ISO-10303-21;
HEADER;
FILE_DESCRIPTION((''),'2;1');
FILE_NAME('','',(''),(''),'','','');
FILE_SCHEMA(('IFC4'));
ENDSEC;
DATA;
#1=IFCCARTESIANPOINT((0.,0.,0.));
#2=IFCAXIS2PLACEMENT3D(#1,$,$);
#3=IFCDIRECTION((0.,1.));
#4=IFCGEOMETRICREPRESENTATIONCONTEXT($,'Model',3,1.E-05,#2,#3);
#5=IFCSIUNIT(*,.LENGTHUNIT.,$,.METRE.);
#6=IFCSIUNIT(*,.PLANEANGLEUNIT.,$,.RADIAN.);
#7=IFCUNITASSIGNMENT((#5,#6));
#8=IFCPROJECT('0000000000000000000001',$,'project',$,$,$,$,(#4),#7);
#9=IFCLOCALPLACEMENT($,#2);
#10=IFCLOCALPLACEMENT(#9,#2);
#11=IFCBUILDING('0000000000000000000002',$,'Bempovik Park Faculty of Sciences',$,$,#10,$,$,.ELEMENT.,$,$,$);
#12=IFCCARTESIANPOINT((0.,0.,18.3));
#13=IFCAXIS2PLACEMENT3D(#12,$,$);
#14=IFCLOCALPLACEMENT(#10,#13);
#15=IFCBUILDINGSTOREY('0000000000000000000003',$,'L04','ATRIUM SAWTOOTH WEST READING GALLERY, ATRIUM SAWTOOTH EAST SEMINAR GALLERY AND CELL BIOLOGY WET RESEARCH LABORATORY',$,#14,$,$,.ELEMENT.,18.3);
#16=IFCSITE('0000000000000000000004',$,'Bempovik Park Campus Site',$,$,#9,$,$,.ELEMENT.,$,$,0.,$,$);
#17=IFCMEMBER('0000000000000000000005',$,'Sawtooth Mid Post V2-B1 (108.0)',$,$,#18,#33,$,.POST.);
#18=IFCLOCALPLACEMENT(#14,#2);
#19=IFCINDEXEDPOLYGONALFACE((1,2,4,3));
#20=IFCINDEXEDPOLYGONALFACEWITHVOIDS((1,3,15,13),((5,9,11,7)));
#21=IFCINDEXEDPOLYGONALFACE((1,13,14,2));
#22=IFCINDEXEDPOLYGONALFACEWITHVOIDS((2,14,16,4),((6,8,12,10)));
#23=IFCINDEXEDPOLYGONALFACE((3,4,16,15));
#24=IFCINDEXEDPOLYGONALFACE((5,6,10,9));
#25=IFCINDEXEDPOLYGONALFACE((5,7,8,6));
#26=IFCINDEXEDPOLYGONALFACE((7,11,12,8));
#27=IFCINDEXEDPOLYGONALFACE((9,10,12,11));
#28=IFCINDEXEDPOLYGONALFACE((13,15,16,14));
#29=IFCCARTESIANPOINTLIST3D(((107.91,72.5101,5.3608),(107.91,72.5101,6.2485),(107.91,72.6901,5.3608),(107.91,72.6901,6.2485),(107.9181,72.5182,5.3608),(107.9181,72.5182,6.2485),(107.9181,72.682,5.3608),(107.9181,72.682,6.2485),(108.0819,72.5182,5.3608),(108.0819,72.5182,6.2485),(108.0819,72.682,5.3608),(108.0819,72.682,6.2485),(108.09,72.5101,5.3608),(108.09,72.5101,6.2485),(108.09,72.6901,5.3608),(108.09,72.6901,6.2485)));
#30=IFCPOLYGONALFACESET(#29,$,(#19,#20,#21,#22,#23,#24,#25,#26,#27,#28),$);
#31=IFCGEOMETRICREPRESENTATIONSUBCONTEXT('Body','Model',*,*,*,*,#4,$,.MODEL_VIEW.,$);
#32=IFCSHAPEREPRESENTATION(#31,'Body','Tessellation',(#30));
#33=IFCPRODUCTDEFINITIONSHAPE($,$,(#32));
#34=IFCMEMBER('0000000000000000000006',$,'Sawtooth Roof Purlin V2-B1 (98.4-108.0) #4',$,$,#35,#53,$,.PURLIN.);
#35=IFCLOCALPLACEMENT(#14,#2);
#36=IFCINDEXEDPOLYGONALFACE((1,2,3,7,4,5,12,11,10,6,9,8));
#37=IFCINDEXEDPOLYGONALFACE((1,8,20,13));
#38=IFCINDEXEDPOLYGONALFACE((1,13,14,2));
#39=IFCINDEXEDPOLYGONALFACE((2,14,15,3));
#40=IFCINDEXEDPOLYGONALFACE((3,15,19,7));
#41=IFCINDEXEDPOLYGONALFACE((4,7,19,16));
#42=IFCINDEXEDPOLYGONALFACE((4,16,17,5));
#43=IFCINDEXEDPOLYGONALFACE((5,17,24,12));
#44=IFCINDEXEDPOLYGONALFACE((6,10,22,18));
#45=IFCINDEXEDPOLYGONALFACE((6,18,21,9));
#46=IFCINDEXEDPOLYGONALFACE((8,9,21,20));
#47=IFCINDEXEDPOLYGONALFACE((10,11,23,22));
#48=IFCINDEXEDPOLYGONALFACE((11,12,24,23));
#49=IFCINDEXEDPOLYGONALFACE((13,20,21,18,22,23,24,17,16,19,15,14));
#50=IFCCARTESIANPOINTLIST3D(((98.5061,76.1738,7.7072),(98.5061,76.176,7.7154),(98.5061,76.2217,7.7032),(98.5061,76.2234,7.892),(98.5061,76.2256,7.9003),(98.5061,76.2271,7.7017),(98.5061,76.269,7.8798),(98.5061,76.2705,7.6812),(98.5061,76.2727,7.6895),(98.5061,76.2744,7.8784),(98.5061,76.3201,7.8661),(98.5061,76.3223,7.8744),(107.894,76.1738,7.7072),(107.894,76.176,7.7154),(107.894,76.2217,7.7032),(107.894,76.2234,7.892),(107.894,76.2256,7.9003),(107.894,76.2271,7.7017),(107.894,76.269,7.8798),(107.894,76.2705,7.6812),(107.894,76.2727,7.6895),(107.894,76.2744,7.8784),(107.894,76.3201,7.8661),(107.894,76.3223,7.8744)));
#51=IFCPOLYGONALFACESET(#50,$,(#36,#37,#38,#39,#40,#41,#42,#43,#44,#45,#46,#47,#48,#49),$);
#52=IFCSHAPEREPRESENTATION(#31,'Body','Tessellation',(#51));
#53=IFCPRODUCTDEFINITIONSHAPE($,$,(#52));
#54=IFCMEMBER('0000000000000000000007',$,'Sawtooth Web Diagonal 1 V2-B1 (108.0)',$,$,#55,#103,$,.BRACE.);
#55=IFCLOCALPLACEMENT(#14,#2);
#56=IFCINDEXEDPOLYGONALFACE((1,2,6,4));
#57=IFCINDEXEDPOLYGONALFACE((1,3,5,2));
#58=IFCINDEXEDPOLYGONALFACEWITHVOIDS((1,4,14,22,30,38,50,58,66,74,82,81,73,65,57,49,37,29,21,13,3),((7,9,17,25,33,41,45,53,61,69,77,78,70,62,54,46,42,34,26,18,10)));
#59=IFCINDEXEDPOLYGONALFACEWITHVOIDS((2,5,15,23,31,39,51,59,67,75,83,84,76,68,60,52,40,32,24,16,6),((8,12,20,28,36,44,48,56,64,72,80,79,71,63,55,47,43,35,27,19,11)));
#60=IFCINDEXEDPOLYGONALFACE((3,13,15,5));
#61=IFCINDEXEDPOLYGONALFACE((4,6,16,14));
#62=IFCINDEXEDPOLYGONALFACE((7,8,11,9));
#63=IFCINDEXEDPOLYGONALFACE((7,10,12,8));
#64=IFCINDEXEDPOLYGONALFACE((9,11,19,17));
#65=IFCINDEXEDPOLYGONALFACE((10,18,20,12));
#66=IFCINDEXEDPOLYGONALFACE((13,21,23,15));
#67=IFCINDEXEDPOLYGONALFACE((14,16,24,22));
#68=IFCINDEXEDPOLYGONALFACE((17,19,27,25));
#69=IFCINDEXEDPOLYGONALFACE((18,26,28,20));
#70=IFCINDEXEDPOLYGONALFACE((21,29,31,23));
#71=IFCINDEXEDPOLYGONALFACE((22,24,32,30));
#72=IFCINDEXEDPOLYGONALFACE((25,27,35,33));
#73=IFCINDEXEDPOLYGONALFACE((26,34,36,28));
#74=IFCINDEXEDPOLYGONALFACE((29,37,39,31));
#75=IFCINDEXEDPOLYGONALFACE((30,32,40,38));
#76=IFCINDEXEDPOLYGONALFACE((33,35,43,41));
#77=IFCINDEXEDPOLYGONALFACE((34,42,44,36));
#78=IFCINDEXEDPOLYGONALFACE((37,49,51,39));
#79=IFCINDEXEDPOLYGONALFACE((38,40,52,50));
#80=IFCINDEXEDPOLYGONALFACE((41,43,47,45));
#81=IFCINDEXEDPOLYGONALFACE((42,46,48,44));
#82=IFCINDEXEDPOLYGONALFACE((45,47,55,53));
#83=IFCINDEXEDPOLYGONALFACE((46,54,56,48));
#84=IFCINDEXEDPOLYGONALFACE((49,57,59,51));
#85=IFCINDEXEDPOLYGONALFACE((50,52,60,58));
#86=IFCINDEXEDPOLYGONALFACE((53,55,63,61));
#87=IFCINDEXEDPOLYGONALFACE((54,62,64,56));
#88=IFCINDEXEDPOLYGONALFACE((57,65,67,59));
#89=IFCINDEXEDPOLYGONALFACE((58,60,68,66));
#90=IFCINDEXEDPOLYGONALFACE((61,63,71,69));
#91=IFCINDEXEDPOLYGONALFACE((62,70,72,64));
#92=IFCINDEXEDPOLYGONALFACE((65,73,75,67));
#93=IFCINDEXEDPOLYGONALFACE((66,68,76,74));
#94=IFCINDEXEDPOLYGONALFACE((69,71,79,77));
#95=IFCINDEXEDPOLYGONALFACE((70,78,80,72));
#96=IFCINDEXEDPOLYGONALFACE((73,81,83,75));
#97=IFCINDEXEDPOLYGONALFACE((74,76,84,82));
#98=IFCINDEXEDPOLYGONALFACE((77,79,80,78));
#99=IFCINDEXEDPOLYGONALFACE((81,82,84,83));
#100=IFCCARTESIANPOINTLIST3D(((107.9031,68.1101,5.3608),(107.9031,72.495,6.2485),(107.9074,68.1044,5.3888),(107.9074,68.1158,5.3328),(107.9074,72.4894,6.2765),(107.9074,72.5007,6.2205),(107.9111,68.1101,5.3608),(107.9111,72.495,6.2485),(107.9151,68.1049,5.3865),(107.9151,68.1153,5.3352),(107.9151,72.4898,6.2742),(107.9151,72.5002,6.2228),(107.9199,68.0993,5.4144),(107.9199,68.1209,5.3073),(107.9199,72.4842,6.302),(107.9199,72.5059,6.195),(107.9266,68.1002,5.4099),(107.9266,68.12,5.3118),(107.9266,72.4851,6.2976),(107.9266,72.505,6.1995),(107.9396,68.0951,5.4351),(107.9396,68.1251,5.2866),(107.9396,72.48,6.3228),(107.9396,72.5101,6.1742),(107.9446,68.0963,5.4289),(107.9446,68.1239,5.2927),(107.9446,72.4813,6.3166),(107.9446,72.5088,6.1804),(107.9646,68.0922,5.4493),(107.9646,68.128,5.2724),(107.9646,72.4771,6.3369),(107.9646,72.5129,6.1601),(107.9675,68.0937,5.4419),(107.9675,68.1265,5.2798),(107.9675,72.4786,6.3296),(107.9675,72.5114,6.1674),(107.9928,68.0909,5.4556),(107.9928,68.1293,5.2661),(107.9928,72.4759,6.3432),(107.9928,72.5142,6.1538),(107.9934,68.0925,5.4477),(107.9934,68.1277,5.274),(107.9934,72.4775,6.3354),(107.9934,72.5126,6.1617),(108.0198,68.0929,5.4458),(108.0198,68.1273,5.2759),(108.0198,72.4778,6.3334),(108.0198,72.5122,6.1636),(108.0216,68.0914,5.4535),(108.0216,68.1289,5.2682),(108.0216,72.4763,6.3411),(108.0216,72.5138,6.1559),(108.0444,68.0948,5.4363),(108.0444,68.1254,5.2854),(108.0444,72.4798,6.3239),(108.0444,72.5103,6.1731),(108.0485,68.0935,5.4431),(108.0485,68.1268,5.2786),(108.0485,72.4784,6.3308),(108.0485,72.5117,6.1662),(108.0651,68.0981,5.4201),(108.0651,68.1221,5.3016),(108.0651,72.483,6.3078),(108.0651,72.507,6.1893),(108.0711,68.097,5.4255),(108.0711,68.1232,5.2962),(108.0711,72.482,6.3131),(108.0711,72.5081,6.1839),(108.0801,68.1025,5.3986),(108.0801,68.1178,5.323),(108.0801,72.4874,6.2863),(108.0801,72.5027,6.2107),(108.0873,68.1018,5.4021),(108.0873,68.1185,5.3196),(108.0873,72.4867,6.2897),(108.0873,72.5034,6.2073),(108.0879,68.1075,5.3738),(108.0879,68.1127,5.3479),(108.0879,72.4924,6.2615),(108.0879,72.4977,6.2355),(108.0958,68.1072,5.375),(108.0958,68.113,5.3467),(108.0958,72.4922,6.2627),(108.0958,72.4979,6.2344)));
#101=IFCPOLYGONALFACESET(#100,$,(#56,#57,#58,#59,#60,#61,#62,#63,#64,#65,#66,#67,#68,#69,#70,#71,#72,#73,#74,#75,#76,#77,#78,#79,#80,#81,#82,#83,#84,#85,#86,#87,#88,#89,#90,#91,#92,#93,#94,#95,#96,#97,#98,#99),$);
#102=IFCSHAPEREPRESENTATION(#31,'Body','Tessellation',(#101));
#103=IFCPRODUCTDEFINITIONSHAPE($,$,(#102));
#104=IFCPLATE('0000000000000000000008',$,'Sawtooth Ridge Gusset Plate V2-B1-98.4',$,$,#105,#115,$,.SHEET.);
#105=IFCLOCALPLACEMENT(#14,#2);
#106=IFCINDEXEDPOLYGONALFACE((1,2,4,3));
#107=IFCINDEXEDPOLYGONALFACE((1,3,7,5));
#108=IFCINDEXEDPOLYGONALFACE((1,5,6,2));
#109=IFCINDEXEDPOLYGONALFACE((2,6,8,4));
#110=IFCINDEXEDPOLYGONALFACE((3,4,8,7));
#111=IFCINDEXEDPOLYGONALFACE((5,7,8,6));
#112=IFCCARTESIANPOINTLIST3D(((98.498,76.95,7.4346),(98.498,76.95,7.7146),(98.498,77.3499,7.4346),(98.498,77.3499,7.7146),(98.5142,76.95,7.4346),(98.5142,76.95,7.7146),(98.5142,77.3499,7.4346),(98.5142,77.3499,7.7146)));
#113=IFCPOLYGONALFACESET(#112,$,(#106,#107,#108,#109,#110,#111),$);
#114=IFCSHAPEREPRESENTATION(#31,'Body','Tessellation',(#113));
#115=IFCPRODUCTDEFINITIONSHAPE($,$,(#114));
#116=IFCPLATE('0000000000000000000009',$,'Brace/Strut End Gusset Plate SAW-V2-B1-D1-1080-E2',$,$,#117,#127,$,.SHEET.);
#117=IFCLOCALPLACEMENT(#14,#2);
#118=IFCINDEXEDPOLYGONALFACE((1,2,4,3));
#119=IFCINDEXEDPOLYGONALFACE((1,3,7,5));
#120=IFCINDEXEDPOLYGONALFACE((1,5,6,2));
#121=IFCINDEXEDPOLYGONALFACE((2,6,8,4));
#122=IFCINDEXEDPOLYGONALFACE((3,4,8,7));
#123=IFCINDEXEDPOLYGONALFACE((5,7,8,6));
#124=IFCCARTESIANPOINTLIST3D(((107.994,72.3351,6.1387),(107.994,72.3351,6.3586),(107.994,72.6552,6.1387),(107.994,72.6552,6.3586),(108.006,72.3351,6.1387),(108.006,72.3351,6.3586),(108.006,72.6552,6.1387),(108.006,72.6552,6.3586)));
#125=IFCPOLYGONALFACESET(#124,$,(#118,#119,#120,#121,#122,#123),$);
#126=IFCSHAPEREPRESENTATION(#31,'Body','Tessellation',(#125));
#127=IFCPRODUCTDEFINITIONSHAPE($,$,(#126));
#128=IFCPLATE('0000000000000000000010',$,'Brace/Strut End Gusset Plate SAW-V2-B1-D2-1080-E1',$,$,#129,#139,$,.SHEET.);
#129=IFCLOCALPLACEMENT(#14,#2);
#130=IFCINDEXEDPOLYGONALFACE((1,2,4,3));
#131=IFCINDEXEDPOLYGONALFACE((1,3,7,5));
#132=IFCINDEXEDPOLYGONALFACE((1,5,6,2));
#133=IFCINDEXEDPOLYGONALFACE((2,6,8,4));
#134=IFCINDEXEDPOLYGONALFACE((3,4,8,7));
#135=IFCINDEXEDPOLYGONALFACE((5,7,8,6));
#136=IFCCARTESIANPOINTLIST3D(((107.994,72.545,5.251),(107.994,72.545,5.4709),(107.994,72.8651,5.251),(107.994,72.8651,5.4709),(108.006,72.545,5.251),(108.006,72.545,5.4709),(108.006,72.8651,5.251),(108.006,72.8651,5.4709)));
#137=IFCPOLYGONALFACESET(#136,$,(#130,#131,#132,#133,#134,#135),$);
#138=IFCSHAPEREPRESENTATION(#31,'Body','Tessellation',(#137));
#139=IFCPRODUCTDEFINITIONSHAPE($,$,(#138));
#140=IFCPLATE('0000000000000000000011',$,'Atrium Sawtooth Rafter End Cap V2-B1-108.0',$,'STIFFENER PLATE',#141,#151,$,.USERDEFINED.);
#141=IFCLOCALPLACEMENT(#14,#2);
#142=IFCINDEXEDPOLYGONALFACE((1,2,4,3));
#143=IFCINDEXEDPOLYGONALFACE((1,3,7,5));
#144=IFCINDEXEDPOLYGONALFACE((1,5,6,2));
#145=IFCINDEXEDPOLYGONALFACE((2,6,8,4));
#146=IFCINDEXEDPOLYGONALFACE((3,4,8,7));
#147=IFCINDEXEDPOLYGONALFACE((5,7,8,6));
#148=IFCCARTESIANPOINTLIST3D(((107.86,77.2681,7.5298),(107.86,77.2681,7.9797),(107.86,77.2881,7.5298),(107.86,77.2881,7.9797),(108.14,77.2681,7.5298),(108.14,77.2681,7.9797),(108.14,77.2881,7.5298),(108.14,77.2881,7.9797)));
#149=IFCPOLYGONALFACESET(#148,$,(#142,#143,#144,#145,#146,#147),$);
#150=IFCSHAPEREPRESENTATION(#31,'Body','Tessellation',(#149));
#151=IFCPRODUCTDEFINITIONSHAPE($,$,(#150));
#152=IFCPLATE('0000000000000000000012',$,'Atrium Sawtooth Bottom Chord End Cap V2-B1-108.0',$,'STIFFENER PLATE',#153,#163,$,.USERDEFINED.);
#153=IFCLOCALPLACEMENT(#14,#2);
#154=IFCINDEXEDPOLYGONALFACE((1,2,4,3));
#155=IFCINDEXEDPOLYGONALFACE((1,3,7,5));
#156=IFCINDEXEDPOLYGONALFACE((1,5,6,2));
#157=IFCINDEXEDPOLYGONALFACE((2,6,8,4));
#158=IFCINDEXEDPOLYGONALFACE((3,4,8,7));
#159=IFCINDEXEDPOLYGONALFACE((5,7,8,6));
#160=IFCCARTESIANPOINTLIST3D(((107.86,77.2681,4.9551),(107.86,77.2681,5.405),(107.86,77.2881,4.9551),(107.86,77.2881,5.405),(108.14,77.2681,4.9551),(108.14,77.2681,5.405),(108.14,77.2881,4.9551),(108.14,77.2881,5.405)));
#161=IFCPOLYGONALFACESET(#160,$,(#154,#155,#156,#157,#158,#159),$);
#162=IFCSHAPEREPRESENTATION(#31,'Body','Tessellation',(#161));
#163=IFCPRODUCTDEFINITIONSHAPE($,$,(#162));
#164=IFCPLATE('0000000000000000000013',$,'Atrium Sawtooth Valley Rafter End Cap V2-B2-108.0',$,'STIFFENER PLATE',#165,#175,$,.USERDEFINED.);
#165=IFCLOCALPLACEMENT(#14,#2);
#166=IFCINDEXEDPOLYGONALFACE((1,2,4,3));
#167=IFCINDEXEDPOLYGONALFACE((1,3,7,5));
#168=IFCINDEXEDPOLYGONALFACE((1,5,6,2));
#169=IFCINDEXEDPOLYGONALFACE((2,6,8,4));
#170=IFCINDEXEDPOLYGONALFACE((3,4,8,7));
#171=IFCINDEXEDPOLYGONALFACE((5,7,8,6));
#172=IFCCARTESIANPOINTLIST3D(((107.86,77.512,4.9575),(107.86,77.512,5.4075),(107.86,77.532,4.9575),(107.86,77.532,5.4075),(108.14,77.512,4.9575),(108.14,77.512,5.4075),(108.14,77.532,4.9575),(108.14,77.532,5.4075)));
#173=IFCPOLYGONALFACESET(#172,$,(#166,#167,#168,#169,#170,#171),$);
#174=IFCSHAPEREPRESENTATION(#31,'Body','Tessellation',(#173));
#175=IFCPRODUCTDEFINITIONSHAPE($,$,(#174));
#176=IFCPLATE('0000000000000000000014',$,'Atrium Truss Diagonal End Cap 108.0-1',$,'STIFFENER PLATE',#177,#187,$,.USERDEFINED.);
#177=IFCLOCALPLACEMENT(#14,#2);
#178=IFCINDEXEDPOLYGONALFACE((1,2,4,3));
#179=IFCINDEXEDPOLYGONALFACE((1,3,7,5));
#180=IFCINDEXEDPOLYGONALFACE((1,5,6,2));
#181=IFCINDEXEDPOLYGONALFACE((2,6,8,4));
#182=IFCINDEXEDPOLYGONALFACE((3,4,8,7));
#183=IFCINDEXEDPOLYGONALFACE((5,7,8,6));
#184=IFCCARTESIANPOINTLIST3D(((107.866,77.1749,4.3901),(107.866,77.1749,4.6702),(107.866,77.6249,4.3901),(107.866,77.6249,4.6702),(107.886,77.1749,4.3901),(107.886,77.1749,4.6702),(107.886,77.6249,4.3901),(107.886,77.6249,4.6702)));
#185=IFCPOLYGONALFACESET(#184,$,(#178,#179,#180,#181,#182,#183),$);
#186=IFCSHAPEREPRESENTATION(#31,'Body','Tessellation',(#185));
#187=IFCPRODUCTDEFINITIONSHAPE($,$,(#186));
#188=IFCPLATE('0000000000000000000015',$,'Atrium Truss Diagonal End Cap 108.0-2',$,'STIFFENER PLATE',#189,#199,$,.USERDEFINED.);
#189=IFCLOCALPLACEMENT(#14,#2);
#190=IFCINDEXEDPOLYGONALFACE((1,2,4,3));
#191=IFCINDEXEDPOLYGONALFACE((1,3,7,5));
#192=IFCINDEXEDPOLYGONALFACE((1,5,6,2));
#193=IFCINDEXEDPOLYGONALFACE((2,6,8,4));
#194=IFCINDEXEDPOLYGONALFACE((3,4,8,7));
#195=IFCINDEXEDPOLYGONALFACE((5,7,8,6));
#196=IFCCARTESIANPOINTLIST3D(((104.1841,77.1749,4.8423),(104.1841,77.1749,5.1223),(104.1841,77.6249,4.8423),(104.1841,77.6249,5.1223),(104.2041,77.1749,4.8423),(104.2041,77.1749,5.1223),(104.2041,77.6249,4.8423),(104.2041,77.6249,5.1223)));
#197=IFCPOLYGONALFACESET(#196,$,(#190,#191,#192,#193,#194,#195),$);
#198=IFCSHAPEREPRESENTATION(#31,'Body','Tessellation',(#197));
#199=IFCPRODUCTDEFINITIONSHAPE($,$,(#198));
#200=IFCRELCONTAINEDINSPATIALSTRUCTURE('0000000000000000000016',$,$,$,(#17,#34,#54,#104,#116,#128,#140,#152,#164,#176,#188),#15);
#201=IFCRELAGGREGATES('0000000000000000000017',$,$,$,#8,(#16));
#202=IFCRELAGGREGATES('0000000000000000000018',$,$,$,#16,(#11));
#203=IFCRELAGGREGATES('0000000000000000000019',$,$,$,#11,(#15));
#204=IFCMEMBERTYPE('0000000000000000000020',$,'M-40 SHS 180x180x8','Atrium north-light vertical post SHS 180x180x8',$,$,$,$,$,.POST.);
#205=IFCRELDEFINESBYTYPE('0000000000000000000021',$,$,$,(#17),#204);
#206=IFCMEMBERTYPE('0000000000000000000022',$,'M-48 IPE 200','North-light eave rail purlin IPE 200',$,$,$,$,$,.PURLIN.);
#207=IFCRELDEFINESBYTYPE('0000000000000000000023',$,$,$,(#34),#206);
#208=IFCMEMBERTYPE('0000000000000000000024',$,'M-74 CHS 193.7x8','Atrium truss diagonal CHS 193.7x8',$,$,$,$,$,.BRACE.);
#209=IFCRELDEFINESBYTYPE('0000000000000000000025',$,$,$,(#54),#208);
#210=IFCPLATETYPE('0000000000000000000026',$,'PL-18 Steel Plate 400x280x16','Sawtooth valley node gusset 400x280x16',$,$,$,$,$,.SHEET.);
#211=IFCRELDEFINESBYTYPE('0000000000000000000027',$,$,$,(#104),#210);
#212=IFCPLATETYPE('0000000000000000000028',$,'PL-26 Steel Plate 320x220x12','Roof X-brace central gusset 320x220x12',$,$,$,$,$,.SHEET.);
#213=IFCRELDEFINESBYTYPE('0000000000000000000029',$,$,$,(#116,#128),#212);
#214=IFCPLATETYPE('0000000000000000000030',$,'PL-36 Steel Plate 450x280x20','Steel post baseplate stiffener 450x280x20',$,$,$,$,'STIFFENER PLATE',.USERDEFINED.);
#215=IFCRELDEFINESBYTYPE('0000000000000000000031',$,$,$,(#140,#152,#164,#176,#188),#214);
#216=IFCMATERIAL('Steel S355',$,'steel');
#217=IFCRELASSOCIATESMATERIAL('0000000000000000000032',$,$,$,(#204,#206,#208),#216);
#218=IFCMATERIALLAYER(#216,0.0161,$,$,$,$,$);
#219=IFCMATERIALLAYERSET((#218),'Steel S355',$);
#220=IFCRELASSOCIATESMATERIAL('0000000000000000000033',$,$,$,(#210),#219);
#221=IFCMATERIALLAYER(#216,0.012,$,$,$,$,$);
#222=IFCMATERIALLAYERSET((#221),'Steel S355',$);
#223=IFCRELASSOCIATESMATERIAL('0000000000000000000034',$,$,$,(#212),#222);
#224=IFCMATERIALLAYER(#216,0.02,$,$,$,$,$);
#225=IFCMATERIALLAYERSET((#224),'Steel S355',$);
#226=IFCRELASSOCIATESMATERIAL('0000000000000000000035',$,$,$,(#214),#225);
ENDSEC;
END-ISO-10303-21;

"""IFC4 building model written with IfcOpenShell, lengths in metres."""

from ifc_helpers import new_model, si_unit, direction, frame, origin, origin_2d, place, context, subcontext, project, spatial, rectangle, hollow_rectangle, hollow_circle, i_section, extrude, material, layer, layer_set, material_profile, profile_set, type_object, element, save


model = new_model("IFC4")

# Units and contexts
model_context = context("Model", 3, precision=1e-05, world=origin(), true_north=direction((0.0, 1.0)))
body_context = subcontext(model_context, "Body", "Model", "MODEL_VIEW")
ifc_project = project(units=[si_unit("LENGTHUNIT", "METRE"), si_unit("PLANEANGLEUNIT", "RADIAN")], contexts=[model_context])

# Site, building, storey
site_placement = place(None, origin())
site = spatial("IfcSite", under=ifc_project, at=site_placement, Name="Bempovik Park Campus Site", CompositionType="ELEMENT", RefElevation=0.0)
building_placement = place(site_placement, origin())
building = spatial("IfcBuilding", under=site, at=building_placement, Name="Bempovik Park Faculty of Sciences", CompositionType="ELEMENT")
storey_placement = place(building_placement, frame((0.0, 0.0, 18.3)))
storey = spatial("IfcBuildingStorey", under=building, at=storey_placement, Name="L04", Description="ATRIUM SAWTOOTH WEST READING GALLERY, ATRIUM SAWTOOTH EAST SEMINAR GALLERY AND CELL BIOLOGY WET RESEARCH LABORATORY", CompositionType="ELEMENT", Elevation=18.3)

# Shared definitions
ifc_material_1 = material(Name="Steel S355", Category="steel")

# Members
ifc_material_profile_1 = material_profile(ifc_material_1, hollow_rectangle(XDim=0.1799, YDim=0.1799, WallThickness=0.0081, at=origin_2d()), Name="SHS 180x180x8")
ifc_profile_set_1 = profile_set([ifc_material_profile_1], Name="Steel S355")
member_type_1 = type_object("IfcMemberType", Name="M-40 SHS 180x180x8", Description="Atrium north-light vertical post SHS 180x180x8", PredefinedType="POST", material=ifc_profile_set_1)
member_1_placement = place(storey_placement, frame((108.0, 72.6001, 5.3608), z_axis=(0.0, 0.0, 1.0), x_axis=(1.0, 0.0, 0.0)))
element("IfcMember", 1, at=member_1_placement, inside=storey, type_object=member_type_1, Name="Sawtooth Mid Post V2-B1 (108.0)", PredefinedType="POST", context=body_context, shape_type="SweptSolid", body=[
    extrude(hollow_rectangle(XDim=0.1799, YDim=0.1799, WallThickness=0.0081, at=origin_2d()), origin(), (0.0, 0.0, 1.0), 0.8877),
])
ifc_material_profile_2 = material_profile(ifc_material_1, i_section(OverallWidth=0.1001, OverallDepth=0.2, WebThickness=0.0056, FlangeThickness=0.0085, at=origin_2d()), Name="IPE 200")
ifc_profile_set_2 = profile_set([ifc_material_profile_2], Name="Steel S355")
member_type_2 = type_object("IfcMemberType", Name="M-48 IPE 200", Description="North-light eave rail purlin IPE 200", PredefinedType="PURLIN", material=ifc_profile_set_2)
member_2_placement = place(storey_placement, frame((98.5061, 76.248, 7.7908), z_axis=(1.0, 0.0, 0.0), x_axis=(0.0, 0.965926, -0.258819)))
element("IfcMember", 2, at=member_2_placement, inside=storey, type_object=member_type_2, Name="Sawtooth Roof Purlin V2-B1 (98.4-108.0) #4", PredefinedType="PURLIN", context=body_context, shape_type="SweptSolid", body=[
    extrude(i_section(OverallWidth=0.1001, OverallDepth=0.2, WebThickness=0.0056, FlangeThickness=0.0085, at=origin_2d()), origin(), (0.0, 0.0, 1.0), 9.3879),
])
ifc_material_profile_3 = material_profile(ifc_material_1, hollow_circle(Radius=0.0969, WallThickness=0.0081, at=origin_2d()), Name="CHS 193.7x8")
ifc_profile_set_3 = profile_set([ifc_material_profile_3], Name="Steel S355")
member_type_3 = type_object("IfcMemberType", Name="M-74 CHS 193.7x8", Description="Atrium truss diagonal CHS 193.7x8", PredefinedType="BRACE", material=ifc_profile_set_3)
member_3_placement = place(storey_placement, frame((108.0, 68.1101, 5.3608), z_axis=(0.0, 0.980118, 0.198414), x_axis=(-1.0, 0.0, 0.0)))
element("IfcMember", 3, at=member_3_placement, inside=storey, type_object=member_type_3, Name="Sawtooth Web Diagonal 1 V2-B1 (108.0)", PredefinedType="BRACE", context=body_context, shape_type="SweptSolid", body=[
    extrude(hollow_circle(Radius=0.0969, WallThickness=0.0081, at=origin_2d()), origin(), (0.0, 0.0, 1.0), 4.4739),
])

# Plates
ifc_layer_1 = layer(ifc_material_1, 0.0161)
ifc_layer_set_1 = layer_set([ifc_layer_1], Name="Steel S355")
plate_type_1 = type_object("IfcPlateType", Name="PL-18 Steel Plate 400x280x16", Description="Sawtooth valley node gusset 400x280x16", PredefinedType="SHEET", material=ifc_layer_set_1)
plate_placement = place(storey_placement, frame((98.5061, 77.1499, 7.4346), z_axis=(0.0, 0.0, 1.0), x_axis=(1.0, 0.0, 0.0)))
element("IfcPlate", 4, at=plate_placement, inside=storey, type_object=plate_type_1, Name="Sawtooth Ridge Gusset Plate V2-B1-98.4", PredefinedType="SHEET", context=body_context, shape_type="SweptSolid", body=[
    extrude(rectangle(XDim=0.0161, YDim=0.3999, at=origin_2d()), origin(), (0.0, 0.0, 1.0), 0.28),
])
ifc_layer_2 = layer(ifc_material_1, 0.012)
ifc_layer_set_2 = layer_set([ifc_layer_2], Name="Steel S355")
plate_type_2 = type_object("IfcPlateType", Name="PL-26 Steel Plate 320x220x12", Description="Roof X-brace central gusset 320x220x12", PredefinedType="SHEET", material=ifc_layer_set_2)
for number, where, z_axis, x_axis, name in (
    (5, (108.0, 72.4951, 6.1387), (0.0, 0.0, 1.0), (1.0, 0.0, 0.0), "Brace/Strut End Gusset Plate SAW-V2-B1-D1-1080-E2"),
    (6, (108.0, 72.7051, 5.251), (0.0, 0.0, 1.0), (1.0, 0.0, 0.0), "Brace/Strut End Gusset Plate SAW-V2-B1-D2-1080-E1"),
):
    element("IfcPlate", number, at=place(storey_placement, frame(where, z_axis=z_axis, x_axis=x_axis)), inside=storey, type_object=plate_type_2, Name=name, PredefinedType="SHEET", context=body_context, shape_type="SweptSolid", body=[
        extrude(rectangle(XDim=0.012, YDim=0.3201, at=origin_2d()), origin(), (0.0, 0.0, 1.0), 0.22),
    ])
ifc_layer_3 = layer(ifc_material_1, 0.02)
ifc_layer_set_3 = layer_set([ifc_layer_3], Name="Steel S355")
plate_type_3 = type_object("IfcPlateType", Name="PL-36 Steel Plate 450x280x20", Description="Steel post baseplate stiffener 450x280x20", ElementType="STIFFENER PLATE", PredefinedType="USERDEFINED", material=ifc_layer_set_3)
for number, where, z_axis, x_axis, name in (
    (7, (108.0, 77.2781, 7.5298), (0.0, 0.0, 1.0), (1.0, 0.0, 0.0), "Atrium Sawtooth Rafter End Cap V2-B1-108.0"),
    (8, (108.0, 77.2781, 4.9551), (0.0, 0.0, 1.0), (1.0, 0.0, 0.0), "Atrium Sawtooth Bottom Chord End Cap V2-B1-108.0"),
    (9, (108.0, 77.522, 4.9575), (0.0, 0.0, 1.0), (1.0, 0.0, 0.0), "Atrium Sawtooth Valley Rafter End Cap V2-B2-108.0"),
):
    element("IfcPlate", number, at=place(storey_placement, frame(where, z_axis=z_axis, x_axis=x_axis)), inside=storey, type_object=plate_type_3, Name=name, ObjectType="STIFFENER PLATE", PredefinedType="USERDEFINED", context=body_context, shape_type="SweptSolid", body=[
        extrude(rectangle(XDim=0.28, YDim=0.02, at=origin_2d()), origin(), (0.0, 0.0, 1.0), 0.45),
    ])
for number, where, z_axis, x_axis, name in (
    (10, (107.876, 77.3999, 4.3901), (0.0, 0.0, 1.0), (1.0, 0.0, 0.0), "Atrium Truss Diagonal End Cap 108.0-1"),
    (11, (104.1941, 77.3999, 4.8423), (0.0, 0.0, 1.0), (1.0, 0.0, 0.0), "Atrium Truss Diagonal End Cap 108.0-2"),
):
    element("IfcPlate", number, at=place(storey_placement, frame(where, z_axis=z_axis, x_axis=x_axis)), inside=storey, type_object=plate_type_3, Name=name, ObjectType="STIFFENER PLATE", PredefinedType="USERDEFINED", context=body_context, shape_type="SweptSolid", body=[
        extrude(rectangle(XDim=0.02, YDim=0.45, at=origin_2d()), origin(), (0.0, 0.0, 1.0), 0.28),
    ])

save(model, "model.ifc")
